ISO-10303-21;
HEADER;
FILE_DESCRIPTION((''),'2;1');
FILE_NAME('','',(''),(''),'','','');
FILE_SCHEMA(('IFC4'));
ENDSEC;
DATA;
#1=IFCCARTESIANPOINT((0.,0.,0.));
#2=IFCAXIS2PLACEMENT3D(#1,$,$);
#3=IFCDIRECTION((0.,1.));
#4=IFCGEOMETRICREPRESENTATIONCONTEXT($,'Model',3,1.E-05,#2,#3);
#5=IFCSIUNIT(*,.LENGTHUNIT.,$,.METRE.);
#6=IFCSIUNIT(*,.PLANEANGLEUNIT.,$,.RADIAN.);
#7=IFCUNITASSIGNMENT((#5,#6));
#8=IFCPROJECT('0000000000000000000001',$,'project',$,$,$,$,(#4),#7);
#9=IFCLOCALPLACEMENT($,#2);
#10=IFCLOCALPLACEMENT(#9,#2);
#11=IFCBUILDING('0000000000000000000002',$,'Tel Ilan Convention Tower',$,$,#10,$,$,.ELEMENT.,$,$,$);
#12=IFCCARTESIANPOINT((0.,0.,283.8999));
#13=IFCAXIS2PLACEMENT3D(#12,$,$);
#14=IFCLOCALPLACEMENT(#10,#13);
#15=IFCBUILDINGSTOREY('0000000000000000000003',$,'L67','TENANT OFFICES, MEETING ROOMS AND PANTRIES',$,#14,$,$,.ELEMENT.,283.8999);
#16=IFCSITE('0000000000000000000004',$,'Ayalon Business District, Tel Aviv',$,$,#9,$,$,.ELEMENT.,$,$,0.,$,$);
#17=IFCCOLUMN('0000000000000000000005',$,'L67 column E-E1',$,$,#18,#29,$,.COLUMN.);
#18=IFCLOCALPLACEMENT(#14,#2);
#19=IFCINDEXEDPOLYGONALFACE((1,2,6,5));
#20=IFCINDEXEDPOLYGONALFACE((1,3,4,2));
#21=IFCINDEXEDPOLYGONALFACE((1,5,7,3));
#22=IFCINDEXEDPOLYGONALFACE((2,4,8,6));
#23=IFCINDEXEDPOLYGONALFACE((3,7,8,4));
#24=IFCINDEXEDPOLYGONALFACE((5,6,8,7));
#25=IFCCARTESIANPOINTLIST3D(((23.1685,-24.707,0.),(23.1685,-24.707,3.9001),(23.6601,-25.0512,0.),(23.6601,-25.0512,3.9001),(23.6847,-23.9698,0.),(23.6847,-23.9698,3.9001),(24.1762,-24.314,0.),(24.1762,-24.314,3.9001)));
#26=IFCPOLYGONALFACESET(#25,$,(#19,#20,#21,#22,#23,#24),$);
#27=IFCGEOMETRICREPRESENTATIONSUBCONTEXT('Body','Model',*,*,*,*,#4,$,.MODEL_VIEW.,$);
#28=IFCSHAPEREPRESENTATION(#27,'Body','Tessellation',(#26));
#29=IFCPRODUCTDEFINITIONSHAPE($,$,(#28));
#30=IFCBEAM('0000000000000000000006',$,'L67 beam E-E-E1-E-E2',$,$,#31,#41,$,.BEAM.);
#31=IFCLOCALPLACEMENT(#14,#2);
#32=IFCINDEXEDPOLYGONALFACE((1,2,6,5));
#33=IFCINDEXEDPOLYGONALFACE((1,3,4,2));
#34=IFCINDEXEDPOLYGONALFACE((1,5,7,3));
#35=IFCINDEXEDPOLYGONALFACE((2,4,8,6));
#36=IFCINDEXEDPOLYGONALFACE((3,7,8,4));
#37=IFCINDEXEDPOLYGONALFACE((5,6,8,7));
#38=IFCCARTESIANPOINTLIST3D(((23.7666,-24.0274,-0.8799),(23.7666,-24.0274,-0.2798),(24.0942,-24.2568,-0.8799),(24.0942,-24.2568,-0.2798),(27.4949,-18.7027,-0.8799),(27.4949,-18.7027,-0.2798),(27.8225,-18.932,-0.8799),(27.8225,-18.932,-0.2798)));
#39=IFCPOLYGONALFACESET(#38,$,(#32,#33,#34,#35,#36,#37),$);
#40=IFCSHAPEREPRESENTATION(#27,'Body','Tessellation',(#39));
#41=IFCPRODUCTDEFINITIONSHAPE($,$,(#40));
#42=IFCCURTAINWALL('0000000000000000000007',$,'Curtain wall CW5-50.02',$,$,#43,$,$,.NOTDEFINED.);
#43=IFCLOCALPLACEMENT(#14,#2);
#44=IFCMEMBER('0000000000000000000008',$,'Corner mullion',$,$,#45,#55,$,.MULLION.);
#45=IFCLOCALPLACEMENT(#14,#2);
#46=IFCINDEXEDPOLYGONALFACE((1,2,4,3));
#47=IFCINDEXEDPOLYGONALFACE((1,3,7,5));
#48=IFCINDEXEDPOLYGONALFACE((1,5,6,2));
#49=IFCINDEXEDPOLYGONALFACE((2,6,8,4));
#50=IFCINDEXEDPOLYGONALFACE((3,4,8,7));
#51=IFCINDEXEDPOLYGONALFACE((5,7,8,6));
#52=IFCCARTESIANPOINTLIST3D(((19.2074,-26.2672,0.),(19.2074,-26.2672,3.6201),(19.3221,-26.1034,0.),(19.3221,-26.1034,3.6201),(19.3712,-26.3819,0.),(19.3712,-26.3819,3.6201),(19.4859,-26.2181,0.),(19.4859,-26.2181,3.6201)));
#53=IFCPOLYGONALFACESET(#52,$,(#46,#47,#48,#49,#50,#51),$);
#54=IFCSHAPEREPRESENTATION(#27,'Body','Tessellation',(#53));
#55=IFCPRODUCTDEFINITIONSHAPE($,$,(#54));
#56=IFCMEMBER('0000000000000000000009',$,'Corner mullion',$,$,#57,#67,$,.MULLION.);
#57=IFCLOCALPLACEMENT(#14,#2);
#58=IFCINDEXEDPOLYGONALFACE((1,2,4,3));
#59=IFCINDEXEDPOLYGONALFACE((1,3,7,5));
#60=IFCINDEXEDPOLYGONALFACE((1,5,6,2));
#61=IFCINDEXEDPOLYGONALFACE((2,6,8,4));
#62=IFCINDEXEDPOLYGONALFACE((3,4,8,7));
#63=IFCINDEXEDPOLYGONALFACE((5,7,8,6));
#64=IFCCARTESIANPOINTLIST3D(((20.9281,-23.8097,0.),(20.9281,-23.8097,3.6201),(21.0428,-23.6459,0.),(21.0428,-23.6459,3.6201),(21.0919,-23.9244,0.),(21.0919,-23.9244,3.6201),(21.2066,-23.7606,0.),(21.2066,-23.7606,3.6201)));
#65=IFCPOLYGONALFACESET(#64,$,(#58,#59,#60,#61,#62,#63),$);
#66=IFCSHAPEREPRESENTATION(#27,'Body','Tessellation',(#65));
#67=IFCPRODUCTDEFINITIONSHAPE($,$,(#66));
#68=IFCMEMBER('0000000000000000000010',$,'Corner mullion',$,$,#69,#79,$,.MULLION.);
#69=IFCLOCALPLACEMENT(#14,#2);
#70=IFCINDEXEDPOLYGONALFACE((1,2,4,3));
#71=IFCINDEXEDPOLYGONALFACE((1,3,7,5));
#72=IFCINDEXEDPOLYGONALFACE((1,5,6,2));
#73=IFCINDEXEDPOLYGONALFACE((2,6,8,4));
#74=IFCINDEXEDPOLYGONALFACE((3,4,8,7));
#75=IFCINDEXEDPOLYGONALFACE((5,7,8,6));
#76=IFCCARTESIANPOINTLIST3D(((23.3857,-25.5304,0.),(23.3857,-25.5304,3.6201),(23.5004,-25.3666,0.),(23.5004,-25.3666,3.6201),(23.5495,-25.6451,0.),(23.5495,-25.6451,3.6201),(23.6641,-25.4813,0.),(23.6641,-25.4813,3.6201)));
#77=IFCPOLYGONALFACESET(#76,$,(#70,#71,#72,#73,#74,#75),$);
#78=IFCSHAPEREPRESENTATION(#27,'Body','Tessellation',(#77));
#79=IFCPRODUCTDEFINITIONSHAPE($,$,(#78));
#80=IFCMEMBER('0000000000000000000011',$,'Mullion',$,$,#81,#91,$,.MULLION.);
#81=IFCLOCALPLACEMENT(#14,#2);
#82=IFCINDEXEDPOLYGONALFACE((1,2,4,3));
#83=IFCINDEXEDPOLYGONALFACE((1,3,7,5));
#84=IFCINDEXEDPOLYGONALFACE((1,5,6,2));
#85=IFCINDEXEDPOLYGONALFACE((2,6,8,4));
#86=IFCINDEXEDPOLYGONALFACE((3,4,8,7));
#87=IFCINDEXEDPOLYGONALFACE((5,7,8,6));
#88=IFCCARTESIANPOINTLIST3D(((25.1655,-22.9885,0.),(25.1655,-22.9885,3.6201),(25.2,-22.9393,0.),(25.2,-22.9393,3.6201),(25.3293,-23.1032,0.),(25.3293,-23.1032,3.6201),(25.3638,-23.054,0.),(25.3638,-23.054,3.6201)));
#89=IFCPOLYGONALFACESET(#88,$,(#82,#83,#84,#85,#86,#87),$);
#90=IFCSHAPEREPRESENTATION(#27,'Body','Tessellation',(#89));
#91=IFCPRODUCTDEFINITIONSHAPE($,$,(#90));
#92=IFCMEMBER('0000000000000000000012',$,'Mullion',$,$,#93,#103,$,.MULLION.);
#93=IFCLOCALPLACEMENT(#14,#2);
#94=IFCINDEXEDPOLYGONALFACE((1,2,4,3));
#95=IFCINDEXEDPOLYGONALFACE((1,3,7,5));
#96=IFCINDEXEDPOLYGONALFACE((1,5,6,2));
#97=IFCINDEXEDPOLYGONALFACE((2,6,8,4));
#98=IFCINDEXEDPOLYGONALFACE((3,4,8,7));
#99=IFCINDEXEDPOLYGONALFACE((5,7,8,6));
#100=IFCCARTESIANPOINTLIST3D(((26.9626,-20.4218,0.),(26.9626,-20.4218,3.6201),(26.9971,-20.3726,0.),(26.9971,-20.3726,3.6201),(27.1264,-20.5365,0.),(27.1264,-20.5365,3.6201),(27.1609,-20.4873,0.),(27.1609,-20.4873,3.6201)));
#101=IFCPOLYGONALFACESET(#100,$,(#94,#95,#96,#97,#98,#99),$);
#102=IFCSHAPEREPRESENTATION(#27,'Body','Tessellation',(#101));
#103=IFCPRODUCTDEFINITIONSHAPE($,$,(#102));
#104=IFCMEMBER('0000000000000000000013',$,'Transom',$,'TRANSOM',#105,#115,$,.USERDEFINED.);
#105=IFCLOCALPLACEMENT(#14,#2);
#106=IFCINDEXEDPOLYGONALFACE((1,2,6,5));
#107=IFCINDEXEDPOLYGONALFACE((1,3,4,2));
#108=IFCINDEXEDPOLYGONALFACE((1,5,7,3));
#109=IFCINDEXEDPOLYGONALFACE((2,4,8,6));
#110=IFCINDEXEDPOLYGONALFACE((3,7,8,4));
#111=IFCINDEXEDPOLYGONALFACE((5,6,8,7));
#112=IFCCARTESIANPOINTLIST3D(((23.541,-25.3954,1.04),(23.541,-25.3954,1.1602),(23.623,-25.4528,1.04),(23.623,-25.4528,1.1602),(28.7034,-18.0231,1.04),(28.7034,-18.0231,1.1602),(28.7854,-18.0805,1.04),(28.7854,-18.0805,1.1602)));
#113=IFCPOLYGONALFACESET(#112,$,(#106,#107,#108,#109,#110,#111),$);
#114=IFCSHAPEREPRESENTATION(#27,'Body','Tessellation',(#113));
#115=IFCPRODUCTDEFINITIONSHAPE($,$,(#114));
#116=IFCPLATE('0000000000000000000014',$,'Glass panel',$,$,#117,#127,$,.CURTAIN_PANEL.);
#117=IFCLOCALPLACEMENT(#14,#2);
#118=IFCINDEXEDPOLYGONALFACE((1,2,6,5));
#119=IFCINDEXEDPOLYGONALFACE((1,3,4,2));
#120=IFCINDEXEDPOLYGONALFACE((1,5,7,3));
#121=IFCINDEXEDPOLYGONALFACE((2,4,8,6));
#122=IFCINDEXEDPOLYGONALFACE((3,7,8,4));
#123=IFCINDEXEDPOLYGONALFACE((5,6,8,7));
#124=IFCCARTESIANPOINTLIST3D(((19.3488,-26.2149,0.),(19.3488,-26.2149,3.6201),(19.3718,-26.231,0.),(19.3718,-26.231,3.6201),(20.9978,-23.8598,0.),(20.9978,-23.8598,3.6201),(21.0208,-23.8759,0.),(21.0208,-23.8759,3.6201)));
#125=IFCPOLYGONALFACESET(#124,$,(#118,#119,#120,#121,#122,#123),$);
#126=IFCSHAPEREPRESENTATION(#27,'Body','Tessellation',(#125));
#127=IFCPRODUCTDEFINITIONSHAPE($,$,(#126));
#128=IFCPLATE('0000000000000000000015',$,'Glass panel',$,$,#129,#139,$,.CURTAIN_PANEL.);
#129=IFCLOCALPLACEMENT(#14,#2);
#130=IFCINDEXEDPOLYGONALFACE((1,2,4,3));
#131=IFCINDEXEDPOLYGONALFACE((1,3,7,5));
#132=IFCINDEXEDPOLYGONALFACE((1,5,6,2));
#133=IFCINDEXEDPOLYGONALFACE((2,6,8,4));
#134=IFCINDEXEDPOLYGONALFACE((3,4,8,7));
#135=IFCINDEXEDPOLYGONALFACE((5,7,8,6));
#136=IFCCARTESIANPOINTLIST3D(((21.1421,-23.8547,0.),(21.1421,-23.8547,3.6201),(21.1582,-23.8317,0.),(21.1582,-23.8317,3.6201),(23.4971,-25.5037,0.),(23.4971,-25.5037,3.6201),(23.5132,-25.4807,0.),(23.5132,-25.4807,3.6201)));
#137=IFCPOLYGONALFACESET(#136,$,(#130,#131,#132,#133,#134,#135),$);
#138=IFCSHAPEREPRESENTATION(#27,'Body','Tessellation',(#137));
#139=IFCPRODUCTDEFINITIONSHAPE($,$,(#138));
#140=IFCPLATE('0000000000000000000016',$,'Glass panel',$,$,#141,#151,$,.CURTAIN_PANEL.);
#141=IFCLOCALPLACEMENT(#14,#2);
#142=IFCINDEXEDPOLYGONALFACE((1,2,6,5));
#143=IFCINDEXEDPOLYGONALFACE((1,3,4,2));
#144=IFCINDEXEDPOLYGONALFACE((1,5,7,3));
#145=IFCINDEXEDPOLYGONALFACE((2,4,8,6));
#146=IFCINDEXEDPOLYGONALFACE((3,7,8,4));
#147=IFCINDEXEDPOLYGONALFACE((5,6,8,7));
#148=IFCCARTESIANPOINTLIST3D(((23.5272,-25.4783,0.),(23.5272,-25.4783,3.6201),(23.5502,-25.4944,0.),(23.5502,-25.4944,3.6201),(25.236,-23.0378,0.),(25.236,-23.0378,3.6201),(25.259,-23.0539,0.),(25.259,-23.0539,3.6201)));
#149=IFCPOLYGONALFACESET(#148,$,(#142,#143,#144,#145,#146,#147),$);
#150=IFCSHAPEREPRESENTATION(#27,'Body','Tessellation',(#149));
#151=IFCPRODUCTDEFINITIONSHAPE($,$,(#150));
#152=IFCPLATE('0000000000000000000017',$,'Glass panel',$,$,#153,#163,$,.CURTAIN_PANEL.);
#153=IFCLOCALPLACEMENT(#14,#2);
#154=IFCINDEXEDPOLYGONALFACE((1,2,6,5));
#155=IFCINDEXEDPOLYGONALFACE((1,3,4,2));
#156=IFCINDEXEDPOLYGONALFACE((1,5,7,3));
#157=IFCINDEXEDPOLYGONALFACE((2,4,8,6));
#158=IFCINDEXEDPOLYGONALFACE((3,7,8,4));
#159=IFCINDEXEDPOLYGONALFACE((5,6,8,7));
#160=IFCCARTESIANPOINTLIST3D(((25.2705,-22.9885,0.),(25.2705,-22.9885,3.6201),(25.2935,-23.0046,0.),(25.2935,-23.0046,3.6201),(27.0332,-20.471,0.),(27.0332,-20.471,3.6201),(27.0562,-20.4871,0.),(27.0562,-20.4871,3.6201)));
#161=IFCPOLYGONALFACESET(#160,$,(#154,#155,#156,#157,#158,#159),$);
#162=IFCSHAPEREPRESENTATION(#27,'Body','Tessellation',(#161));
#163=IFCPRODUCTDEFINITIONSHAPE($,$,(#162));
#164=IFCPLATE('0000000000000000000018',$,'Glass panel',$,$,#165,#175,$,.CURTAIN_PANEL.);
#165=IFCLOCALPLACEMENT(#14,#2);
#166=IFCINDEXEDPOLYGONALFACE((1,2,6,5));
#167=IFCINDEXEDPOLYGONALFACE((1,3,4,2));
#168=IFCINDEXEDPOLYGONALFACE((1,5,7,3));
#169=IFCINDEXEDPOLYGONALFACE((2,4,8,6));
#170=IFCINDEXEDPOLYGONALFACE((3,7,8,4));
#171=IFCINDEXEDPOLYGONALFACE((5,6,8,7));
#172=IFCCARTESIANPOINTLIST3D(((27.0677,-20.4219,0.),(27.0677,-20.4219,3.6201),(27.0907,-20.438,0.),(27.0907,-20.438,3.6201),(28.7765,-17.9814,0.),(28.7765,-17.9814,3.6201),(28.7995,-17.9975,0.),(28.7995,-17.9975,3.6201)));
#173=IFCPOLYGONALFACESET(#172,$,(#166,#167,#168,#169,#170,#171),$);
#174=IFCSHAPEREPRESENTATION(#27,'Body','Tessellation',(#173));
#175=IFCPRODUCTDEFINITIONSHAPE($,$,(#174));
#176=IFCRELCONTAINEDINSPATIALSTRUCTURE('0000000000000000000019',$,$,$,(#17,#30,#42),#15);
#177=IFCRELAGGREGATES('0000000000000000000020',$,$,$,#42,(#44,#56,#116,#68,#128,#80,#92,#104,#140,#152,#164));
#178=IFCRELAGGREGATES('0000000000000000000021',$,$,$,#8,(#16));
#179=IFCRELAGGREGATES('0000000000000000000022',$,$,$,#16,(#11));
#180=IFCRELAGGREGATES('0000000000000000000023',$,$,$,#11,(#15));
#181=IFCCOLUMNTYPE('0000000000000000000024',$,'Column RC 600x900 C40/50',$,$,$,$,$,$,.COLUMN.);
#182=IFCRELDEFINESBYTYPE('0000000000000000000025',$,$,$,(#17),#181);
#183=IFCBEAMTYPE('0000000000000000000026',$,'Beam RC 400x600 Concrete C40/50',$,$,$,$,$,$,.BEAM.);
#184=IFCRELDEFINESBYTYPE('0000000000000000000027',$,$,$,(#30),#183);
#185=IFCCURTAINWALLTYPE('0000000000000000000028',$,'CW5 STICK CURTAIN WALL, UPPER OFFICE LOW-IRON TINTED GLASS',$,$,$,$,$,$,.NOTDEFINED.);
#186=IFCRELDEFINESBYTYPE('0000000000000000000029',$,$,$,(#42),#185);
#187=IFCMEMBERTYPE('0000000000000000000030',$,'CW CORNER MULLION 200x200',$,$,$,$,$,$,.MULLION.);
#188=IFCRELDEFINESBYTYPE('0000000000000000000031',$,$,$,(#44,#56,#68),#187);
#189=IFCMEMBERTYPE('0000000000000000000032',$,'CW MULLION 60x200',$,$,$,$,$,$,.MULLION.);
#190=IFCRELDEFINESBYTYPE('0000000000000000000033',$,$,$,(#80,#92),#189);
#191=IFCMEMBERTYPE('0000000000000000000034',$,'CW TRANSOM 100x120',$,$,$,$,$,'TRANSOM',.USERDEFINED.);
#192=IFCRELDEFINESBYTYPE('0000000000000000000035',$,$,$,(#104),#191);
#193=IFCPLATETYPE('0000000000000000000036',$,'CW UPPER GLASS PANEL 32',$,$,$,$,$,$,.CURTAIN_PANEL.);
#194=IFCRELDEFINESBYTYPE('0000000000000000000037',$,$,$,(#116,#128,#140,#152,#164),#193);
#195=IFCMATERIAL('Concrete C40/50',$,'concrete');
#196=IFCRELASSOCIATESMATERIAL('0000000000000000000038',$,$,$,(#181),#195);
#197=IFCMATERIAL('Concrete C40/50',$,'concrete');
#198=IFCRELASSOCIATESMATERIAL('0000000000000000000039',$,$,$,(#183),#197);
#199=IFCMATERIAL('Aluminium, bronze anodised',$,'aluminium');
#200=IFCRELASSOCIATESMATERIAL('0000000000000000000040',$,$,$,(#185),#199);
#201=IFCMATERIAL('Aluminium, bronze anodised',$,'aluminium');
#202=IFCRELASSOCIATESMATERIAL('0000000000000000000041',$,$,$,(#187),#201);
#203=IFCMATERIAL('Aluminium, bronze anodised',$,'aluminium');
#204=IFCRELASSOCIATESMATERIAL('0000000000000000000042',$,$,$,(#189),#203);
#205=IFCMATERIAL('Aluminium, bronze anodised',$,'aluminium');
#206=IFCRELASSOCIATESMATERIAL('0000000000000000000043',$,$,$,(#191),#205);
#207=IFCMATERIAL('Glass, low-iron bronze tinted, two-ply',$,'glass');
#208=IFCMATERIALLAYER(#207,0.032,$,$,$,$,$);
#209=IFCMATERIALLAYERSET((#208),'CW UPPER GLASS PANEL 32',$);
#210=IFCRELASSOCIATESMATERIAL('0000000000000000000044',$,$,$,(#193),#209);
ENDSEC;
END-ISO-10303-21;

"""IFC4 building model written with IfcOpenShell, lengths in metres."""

from ifc_helpers import new_model, si_unit, direction, frame, origin, origin_2d, place, context, subcontext, project, spatial, rectangle, extrude, material, layer, layer_set, material_profile, profile_set, type_object, element, aggregate, save


model = new_model("IFC4")

# Units and contexts
model_context = context("Model", 3, precision=1e-05, world=origin(), true_north=direction((0.0, 1.0)))
body_context = subcontext(model_context, "Body", "Model", "MODEL_VIEW")
ifc_project = project(units=[si_unit("LENGTHUNIT", "METRE"), si_unit("PLANEANGLEUNIT", "RADIAN")], contexts=[model_context])

# Site, building, storey
site_placement = place(None, origin())
site = spatial("IfcSite", under=ifc_project, at=site_placement, Name="Ayalon Business District, Tel Aviv", CompositionType="ELEMENT", RefElevation=0.0)
building_placement = place(site_placement, origin())
building = spatial("IfcBuilding", under=site, at=building_placement, Name="Tel Ilan Convention Tower", CompositionType="ELEMENT")
storey_placement = place(building_placement, frame((0.0, 0.0, 283.8999)))
storey = spatial("IfcBuildingStorey", under=building, at=storey_placement, Name="L67", Description="TENANT OFFICES, MEETING ROOMS AND PANTRIES", CompositionType="ELEMENT", Elevation=283.8999)

# Column
ifc_material_1 = material(Name="Concrete C40/50", Category="concrete")
ifc_material_profile_1 = material_profile(ifc_material_1, rectangle(XDim=0.8999, YDim=0.6001, at=origin_2d()), Name="RC 600x900")
ifc_profile_set_1 = profile_set([ifc_material_profile_1], Name="Concrete C40/50")
column_type = type_object("IfcColumnType", Name="Column RC 600x900 C40/50", PredefinedType="COLUMN", material=ifc_profile_set_1)
column_placement = place(storey_placement, frame((23.6724, -24.5105, 0.0), z_axis=(0.0, 0.0, 1.0), x_axis=(0.573576, 0.819152, 0.0)))
element("IfcColumn", 1, at=column_placement, inside=storey, type_object=column_type, Name="L67 column E-E1", PredefinedType="COLUMN", context=body_context, shape_type="SweptSolid", body=[
    extrude(rectangle(XDim=0.8999, YDim=0.6001, at=origin_2d()), origin(), (0.0, 0.0, 1.0), 3.9001),
])

# Beam
ifc_material_2 = material(Name="Concrete C40/50", Category="concrete")
ifc_material_profile_2 = material_profile(ifc_material_2, rectangle(XDim=0.3999, YDim=0.6001, at=origin_2d()), Name="RC 400x600")
ifc_profile_set_2 = profile_set([ifc_material_profile_2], Name="Concrete C40/50")
beam_type = type_object("IfcBeamType", Name="Beam RC 400x600 Concrete C40/50", PredefinedType="BEAM", material=ifc_profile_set_2)
beam_placement = place(storey_placement, frame((23.9304, -24.1421, -0.5798), z_axis=(0.573563, 0.819161, 0.0), x_axis=(-0.819161, 0.573563, 0.0)))
element("IfcBeam", 2, at=beam_placement, inside=storey, type_object=beam_type, Name="L67 beam E-E-E1-E-E2", PredefinedType="BEAM", context=body_context, shape_type="SweptSolid", body=[
    extrude(rectangle(XDim=0.3999, YDim=0.6001, at=origin_2d()), origin(), (0.0, 0.0, 1.0), 6.5002),
])

# Curtain wall, members, plates
ifc_material_3 = material(Name="Aluminium, bronze anodised", Category="aluminium")
curtain_wall_type = type_object("IfcCurtainWallType", Name="CW5 STICK CURTAIN WALL, UPPER OFFICE LOW-IRON TINTED GLASS", PredefinedType="NOTDEFINED", material=ifc_material_3)
curtain_wall_placement = place(storey_placement, origin())
curtain_wall = element("IfcCurtainWall", 3, at=curtain_wall_placement, inside=storey, type_object=curtain_wall_type, Name="Curtain wall CW5-50.02", PredefinedType="NOTDEFINED")
ifc_material_4 = material(Name="Aluminium, bronze anodised", Category="aluminium")
ifc_material_profile_3 = material_profile(ifc_material_4, rectangle(XDim=0.2, YDim=0.2, at=origin_2d()), Name="CW CORNER MULLION 200x200")
ifc_profile_set_3 = profile_set([ifc_material_profile_3], Name="Aluminium, bronze anodised")
member_type_1 = type_object("IfcMemberType", Name="CW CORNER MULLION 200x200", PredefinedType="MULLION", material=ifc_profile_set_3)
member_1_placement = place(storey_placement, frame((19.3467, -26.2427, 0.0), z_axis=(0.0, 0.0, 1.0), x_axis=(0.819152, -0.573576, 0.0)))
member_1 = element("IfcMember", 4, at=member_1_placement, type_object=member_type_1, Name="Corner mullion", PredefinedType="MULLION", context=body_context, shape_type="SweptSolid", body=[
    extrude(rectangle(XDim=0.2, YDim=0.2, at=origin_2d()), origin(), (0.0, 0.0, 1.0), 3.6201),
])
member_2_placement = place(storey_placement, frame((21.0674, -23.7852, 0.0), z_axis=(0.0, 0.0, 1.0), x_axis=(0.573576, 0.819152, 0.0)))
member_2 = element("IfcMember", 5, at=member_2_placement, type_object=member_type_1, Name="Corner mullion", PredefinedType="MULLION", context=body_context, shape_type="SweptSolid", body=[
    extrude(rectangle(XDim=0.2, YDim=0.2, at=origin_2d()), origin(), (0.0, 0.0, 1.0), 3.6201),
])
member_3_placement = place(storey_placement, frame((23.5249, -25.5059, 0.0), z_axis=(0.0, 0.0, 1.0), x_axis=(0.819152, -0.573576, 0.0)))
member_3 = element("IfcMember", 6, at=member_3_placement, type_object=member_type_1, Name="Corner mullion", PredefinedType="MULLION", context=body_context, shape_type="SweptSolid", body=[
    extrude(rectangle(XDim=0.2, YDim=0.2, at=origin_2d()), origin(), (0.0, 0.0, 1.0), 3.6201),
])
ifc_material_5 = material(Name="Aluminium, bronze anodised", Category="aluminium")
ifc_material_profile_4 = material_profile(ifc_material_5, rectangle(XDim=0.0601, YDim=0.2, at=origin_2d()), Name="CW MULLION 60x200")
ifc_profile_set_4 = profile_set([ifc_material_profile_4], Name="Aluminium, bronze anodised")
member_type_2 = type_object("IfcMemberType", Name="CW MULLION 60x200", PredefinedType="MULLION", material=ifc_profile_set_4)
member_4_placement = place(storey_placement, frame((25.2646, -23.0212, 0.0), z_axis=(0.0, 0.0, 1.0), x_axis=(0.573576, 0.819152, 0.0)))
member_4 = element("IfcMember", 7, at=member_4_placement, type_object=member_type_2, Name="Mullion", PredefinedType="MULLION", context=body_context, shape_type="SweptSolid", body=[
    extrude(rectangle(XDim=0.0601, YDim=0.2, at=origin_2d()), origin(), (0.0, 0.0, 1.0), 3.6201),
])
member_5_placement = place(storey_placement, frame((27.0618, -20.4546, 0.0), z_axis=(0.0, 0.0, 1.0), x_axis=(0.573576, 0.819152, 0.0)))
member_5 = element("IfcMember", 8, at=member_5_placement, type_object=member_type_2, Name="Mullion", PredefinedType="MULLION", context=body_context, shape_type="SweptSolid", body=[
    extrude(rectangle(XDim=0.0601, YDim=0.2, at=origin_2d()), origin(), (0.0, 0.0, 1.0), 3.6201),
])
ifc_material_6 = material(Name="Aluminium, bronze anodised", Category="aluminium")
ifc_material_profile_5 = material_profile(ifc_material_6, rectangle(XDim=0.1001, YDim=0.1201, at=origin_2d()), Name="CW TRANSOM 100x120")
ifc_profile_set_5 = profile_set([ifc_material_profile_5], Name="Aluminium, bronze anodised")
member_type_3 = type_object("IfcMemberType", Name="CW TRANSOM 100x120", ElementType="TRANSOM", PredefinedType="USERDEFINED", material=ifc_profile_set_5)
member_6_placement = place(storey_placement, frame((23.582, -25.4241, 1.1001), z_axis=(0.573592, 0.819141, 0.0), x_axis=(-0.819141, 0.573592, 0.0)))
member_6 = element("IfcMember", 9, at=member_6_placement, type_object=member_type_3, Name="Transom", ObjectType="TRANSOM", PredefinedType="USERDEFINED", context=body_context, shape_type="SweptSolid", body=[
    extrude(rectangle(XDim=0.1001, YDim=0.1201, at=origin_2d()), origin(), (0.0, 0.0, 1.0), 9.0),
])
ifc_material_7 = material(Name="Glass, low-iron bronze tinted, two-ply", Category="glass")
ifc_layer_1 = layer(ifc_material_7, 0.032)
ifc_layer_set_1 = layer_set([ifc_layer_1], Name="CW UPPER GLASS PANEL 32")
plate_type = type_object("IfcPlateType", Name="CW UPPER GLASS PANEL 32", PredefinedType="CURTAIN_PANEL", material=ifc_layer_set_1)
plate_1_placement = place(storey_placement, frame((20.1848, -25.0454, 0.0), z_axis=(0.0, 0.0, 1.0), x_axis=(0.573576, 0.819152, 0.0)))
plate_1 = element("IfcPlate", 10, at=plate_1_placement, type_object=plate_type, Name="Glass panel", PredefinedType="CURTAIN_PANEL", context=body_context, shape_type="SweptSolid", body=[
    extrude(rectangle(XDim=2.875, YDim=0.0281, at=origin_2d()), origin(), (0.0, 0.0, 1.0), 3.6201),
])
plate_2_placement = place(storey_placement, frame((22.3276, -24.6677, 0.0), z_axis=(0.0, 0.0, 1.0), x_axis=(0.819152, -0.573576, 0.0)))
plate_2 = element("IfcPlate", 11, at=plate_2_placement, type_object=plate_type, Name="Glass panel", PredefinedType="CURTAIN_PANEL", context=body_context, shape_type="SweptSolid", body=[
    extrude(rectangle(XDim=2.875, YDim=0.0281, at=origin_2d()), origin(), (0.0, 0.0, 1.0), 3.6201),
])
plate_3_placement = place(storey_placement, frame((24.3931, -24.2661, 0.0), z_axis=(0.0, 0.0, 1.0), x_axis=(0.573576, 0.819152, 0.0)))
plate_3 = element("IfcPlate", 12, at=plate_3_placement, type_object=plate_type, Name="Glass panel", PredefinedType="CURTAIN_PANEL", context=body_context, shape_type="SweptSolid", body=[
    extrude(rectangle(XDim=2.9792, YDim=0.0281, at=origin_2d()), origin(), (0.0, 0.0, 1.0), 3.6201),
])
plate_4_placement = place(storey_placement, frame((26.1633, -21.7378, 0.0), z_axis=(0.0, 0.0, 1.0), x_axis=(0.573576, 0.819152, 0.0)))
plate_4 = element("IfcPlate", 13, at=plate_4_placement, type_object=plate_type, Name="Glass panel", PredefinedType="CURTAIN_PANEL", context=body_context, shape_type="SweptSolid", body=[
    extrude(rectangle(XDim=3.0732, YDim=0.0281, at=origin_2d()), origin(), (0.0, 0.0, 1.0), 3.6201),
])
plate_5_placement = place(storey_placement, frame((27.9336, -19.2097, 0.0), z_axis=(0.0, 0.0, 1.0), x_axis=(0.573576, 0.819152, 0.0)))
plate_5 = element("IfcPlate", 14, at=plate_5_placement, type_object=plate_type, Name="Glass panel", PredefinedType="CURTAIN_PANEL", context=body_context, shape_type="SweptSolid", body=[
    extrude(rectangle(XDim=2.9792, YDim=0.0281, at=origin_2d()), origin(), (0.0, 0.0, 1.0), 3.6201),
])
aggregate(curtain_wall, [member_1, member_2, plate_1, member_3, plate_2, member_4, member_5, member_6, plate_3, plate_4, plate_5])

save(model, "model.ifc")
